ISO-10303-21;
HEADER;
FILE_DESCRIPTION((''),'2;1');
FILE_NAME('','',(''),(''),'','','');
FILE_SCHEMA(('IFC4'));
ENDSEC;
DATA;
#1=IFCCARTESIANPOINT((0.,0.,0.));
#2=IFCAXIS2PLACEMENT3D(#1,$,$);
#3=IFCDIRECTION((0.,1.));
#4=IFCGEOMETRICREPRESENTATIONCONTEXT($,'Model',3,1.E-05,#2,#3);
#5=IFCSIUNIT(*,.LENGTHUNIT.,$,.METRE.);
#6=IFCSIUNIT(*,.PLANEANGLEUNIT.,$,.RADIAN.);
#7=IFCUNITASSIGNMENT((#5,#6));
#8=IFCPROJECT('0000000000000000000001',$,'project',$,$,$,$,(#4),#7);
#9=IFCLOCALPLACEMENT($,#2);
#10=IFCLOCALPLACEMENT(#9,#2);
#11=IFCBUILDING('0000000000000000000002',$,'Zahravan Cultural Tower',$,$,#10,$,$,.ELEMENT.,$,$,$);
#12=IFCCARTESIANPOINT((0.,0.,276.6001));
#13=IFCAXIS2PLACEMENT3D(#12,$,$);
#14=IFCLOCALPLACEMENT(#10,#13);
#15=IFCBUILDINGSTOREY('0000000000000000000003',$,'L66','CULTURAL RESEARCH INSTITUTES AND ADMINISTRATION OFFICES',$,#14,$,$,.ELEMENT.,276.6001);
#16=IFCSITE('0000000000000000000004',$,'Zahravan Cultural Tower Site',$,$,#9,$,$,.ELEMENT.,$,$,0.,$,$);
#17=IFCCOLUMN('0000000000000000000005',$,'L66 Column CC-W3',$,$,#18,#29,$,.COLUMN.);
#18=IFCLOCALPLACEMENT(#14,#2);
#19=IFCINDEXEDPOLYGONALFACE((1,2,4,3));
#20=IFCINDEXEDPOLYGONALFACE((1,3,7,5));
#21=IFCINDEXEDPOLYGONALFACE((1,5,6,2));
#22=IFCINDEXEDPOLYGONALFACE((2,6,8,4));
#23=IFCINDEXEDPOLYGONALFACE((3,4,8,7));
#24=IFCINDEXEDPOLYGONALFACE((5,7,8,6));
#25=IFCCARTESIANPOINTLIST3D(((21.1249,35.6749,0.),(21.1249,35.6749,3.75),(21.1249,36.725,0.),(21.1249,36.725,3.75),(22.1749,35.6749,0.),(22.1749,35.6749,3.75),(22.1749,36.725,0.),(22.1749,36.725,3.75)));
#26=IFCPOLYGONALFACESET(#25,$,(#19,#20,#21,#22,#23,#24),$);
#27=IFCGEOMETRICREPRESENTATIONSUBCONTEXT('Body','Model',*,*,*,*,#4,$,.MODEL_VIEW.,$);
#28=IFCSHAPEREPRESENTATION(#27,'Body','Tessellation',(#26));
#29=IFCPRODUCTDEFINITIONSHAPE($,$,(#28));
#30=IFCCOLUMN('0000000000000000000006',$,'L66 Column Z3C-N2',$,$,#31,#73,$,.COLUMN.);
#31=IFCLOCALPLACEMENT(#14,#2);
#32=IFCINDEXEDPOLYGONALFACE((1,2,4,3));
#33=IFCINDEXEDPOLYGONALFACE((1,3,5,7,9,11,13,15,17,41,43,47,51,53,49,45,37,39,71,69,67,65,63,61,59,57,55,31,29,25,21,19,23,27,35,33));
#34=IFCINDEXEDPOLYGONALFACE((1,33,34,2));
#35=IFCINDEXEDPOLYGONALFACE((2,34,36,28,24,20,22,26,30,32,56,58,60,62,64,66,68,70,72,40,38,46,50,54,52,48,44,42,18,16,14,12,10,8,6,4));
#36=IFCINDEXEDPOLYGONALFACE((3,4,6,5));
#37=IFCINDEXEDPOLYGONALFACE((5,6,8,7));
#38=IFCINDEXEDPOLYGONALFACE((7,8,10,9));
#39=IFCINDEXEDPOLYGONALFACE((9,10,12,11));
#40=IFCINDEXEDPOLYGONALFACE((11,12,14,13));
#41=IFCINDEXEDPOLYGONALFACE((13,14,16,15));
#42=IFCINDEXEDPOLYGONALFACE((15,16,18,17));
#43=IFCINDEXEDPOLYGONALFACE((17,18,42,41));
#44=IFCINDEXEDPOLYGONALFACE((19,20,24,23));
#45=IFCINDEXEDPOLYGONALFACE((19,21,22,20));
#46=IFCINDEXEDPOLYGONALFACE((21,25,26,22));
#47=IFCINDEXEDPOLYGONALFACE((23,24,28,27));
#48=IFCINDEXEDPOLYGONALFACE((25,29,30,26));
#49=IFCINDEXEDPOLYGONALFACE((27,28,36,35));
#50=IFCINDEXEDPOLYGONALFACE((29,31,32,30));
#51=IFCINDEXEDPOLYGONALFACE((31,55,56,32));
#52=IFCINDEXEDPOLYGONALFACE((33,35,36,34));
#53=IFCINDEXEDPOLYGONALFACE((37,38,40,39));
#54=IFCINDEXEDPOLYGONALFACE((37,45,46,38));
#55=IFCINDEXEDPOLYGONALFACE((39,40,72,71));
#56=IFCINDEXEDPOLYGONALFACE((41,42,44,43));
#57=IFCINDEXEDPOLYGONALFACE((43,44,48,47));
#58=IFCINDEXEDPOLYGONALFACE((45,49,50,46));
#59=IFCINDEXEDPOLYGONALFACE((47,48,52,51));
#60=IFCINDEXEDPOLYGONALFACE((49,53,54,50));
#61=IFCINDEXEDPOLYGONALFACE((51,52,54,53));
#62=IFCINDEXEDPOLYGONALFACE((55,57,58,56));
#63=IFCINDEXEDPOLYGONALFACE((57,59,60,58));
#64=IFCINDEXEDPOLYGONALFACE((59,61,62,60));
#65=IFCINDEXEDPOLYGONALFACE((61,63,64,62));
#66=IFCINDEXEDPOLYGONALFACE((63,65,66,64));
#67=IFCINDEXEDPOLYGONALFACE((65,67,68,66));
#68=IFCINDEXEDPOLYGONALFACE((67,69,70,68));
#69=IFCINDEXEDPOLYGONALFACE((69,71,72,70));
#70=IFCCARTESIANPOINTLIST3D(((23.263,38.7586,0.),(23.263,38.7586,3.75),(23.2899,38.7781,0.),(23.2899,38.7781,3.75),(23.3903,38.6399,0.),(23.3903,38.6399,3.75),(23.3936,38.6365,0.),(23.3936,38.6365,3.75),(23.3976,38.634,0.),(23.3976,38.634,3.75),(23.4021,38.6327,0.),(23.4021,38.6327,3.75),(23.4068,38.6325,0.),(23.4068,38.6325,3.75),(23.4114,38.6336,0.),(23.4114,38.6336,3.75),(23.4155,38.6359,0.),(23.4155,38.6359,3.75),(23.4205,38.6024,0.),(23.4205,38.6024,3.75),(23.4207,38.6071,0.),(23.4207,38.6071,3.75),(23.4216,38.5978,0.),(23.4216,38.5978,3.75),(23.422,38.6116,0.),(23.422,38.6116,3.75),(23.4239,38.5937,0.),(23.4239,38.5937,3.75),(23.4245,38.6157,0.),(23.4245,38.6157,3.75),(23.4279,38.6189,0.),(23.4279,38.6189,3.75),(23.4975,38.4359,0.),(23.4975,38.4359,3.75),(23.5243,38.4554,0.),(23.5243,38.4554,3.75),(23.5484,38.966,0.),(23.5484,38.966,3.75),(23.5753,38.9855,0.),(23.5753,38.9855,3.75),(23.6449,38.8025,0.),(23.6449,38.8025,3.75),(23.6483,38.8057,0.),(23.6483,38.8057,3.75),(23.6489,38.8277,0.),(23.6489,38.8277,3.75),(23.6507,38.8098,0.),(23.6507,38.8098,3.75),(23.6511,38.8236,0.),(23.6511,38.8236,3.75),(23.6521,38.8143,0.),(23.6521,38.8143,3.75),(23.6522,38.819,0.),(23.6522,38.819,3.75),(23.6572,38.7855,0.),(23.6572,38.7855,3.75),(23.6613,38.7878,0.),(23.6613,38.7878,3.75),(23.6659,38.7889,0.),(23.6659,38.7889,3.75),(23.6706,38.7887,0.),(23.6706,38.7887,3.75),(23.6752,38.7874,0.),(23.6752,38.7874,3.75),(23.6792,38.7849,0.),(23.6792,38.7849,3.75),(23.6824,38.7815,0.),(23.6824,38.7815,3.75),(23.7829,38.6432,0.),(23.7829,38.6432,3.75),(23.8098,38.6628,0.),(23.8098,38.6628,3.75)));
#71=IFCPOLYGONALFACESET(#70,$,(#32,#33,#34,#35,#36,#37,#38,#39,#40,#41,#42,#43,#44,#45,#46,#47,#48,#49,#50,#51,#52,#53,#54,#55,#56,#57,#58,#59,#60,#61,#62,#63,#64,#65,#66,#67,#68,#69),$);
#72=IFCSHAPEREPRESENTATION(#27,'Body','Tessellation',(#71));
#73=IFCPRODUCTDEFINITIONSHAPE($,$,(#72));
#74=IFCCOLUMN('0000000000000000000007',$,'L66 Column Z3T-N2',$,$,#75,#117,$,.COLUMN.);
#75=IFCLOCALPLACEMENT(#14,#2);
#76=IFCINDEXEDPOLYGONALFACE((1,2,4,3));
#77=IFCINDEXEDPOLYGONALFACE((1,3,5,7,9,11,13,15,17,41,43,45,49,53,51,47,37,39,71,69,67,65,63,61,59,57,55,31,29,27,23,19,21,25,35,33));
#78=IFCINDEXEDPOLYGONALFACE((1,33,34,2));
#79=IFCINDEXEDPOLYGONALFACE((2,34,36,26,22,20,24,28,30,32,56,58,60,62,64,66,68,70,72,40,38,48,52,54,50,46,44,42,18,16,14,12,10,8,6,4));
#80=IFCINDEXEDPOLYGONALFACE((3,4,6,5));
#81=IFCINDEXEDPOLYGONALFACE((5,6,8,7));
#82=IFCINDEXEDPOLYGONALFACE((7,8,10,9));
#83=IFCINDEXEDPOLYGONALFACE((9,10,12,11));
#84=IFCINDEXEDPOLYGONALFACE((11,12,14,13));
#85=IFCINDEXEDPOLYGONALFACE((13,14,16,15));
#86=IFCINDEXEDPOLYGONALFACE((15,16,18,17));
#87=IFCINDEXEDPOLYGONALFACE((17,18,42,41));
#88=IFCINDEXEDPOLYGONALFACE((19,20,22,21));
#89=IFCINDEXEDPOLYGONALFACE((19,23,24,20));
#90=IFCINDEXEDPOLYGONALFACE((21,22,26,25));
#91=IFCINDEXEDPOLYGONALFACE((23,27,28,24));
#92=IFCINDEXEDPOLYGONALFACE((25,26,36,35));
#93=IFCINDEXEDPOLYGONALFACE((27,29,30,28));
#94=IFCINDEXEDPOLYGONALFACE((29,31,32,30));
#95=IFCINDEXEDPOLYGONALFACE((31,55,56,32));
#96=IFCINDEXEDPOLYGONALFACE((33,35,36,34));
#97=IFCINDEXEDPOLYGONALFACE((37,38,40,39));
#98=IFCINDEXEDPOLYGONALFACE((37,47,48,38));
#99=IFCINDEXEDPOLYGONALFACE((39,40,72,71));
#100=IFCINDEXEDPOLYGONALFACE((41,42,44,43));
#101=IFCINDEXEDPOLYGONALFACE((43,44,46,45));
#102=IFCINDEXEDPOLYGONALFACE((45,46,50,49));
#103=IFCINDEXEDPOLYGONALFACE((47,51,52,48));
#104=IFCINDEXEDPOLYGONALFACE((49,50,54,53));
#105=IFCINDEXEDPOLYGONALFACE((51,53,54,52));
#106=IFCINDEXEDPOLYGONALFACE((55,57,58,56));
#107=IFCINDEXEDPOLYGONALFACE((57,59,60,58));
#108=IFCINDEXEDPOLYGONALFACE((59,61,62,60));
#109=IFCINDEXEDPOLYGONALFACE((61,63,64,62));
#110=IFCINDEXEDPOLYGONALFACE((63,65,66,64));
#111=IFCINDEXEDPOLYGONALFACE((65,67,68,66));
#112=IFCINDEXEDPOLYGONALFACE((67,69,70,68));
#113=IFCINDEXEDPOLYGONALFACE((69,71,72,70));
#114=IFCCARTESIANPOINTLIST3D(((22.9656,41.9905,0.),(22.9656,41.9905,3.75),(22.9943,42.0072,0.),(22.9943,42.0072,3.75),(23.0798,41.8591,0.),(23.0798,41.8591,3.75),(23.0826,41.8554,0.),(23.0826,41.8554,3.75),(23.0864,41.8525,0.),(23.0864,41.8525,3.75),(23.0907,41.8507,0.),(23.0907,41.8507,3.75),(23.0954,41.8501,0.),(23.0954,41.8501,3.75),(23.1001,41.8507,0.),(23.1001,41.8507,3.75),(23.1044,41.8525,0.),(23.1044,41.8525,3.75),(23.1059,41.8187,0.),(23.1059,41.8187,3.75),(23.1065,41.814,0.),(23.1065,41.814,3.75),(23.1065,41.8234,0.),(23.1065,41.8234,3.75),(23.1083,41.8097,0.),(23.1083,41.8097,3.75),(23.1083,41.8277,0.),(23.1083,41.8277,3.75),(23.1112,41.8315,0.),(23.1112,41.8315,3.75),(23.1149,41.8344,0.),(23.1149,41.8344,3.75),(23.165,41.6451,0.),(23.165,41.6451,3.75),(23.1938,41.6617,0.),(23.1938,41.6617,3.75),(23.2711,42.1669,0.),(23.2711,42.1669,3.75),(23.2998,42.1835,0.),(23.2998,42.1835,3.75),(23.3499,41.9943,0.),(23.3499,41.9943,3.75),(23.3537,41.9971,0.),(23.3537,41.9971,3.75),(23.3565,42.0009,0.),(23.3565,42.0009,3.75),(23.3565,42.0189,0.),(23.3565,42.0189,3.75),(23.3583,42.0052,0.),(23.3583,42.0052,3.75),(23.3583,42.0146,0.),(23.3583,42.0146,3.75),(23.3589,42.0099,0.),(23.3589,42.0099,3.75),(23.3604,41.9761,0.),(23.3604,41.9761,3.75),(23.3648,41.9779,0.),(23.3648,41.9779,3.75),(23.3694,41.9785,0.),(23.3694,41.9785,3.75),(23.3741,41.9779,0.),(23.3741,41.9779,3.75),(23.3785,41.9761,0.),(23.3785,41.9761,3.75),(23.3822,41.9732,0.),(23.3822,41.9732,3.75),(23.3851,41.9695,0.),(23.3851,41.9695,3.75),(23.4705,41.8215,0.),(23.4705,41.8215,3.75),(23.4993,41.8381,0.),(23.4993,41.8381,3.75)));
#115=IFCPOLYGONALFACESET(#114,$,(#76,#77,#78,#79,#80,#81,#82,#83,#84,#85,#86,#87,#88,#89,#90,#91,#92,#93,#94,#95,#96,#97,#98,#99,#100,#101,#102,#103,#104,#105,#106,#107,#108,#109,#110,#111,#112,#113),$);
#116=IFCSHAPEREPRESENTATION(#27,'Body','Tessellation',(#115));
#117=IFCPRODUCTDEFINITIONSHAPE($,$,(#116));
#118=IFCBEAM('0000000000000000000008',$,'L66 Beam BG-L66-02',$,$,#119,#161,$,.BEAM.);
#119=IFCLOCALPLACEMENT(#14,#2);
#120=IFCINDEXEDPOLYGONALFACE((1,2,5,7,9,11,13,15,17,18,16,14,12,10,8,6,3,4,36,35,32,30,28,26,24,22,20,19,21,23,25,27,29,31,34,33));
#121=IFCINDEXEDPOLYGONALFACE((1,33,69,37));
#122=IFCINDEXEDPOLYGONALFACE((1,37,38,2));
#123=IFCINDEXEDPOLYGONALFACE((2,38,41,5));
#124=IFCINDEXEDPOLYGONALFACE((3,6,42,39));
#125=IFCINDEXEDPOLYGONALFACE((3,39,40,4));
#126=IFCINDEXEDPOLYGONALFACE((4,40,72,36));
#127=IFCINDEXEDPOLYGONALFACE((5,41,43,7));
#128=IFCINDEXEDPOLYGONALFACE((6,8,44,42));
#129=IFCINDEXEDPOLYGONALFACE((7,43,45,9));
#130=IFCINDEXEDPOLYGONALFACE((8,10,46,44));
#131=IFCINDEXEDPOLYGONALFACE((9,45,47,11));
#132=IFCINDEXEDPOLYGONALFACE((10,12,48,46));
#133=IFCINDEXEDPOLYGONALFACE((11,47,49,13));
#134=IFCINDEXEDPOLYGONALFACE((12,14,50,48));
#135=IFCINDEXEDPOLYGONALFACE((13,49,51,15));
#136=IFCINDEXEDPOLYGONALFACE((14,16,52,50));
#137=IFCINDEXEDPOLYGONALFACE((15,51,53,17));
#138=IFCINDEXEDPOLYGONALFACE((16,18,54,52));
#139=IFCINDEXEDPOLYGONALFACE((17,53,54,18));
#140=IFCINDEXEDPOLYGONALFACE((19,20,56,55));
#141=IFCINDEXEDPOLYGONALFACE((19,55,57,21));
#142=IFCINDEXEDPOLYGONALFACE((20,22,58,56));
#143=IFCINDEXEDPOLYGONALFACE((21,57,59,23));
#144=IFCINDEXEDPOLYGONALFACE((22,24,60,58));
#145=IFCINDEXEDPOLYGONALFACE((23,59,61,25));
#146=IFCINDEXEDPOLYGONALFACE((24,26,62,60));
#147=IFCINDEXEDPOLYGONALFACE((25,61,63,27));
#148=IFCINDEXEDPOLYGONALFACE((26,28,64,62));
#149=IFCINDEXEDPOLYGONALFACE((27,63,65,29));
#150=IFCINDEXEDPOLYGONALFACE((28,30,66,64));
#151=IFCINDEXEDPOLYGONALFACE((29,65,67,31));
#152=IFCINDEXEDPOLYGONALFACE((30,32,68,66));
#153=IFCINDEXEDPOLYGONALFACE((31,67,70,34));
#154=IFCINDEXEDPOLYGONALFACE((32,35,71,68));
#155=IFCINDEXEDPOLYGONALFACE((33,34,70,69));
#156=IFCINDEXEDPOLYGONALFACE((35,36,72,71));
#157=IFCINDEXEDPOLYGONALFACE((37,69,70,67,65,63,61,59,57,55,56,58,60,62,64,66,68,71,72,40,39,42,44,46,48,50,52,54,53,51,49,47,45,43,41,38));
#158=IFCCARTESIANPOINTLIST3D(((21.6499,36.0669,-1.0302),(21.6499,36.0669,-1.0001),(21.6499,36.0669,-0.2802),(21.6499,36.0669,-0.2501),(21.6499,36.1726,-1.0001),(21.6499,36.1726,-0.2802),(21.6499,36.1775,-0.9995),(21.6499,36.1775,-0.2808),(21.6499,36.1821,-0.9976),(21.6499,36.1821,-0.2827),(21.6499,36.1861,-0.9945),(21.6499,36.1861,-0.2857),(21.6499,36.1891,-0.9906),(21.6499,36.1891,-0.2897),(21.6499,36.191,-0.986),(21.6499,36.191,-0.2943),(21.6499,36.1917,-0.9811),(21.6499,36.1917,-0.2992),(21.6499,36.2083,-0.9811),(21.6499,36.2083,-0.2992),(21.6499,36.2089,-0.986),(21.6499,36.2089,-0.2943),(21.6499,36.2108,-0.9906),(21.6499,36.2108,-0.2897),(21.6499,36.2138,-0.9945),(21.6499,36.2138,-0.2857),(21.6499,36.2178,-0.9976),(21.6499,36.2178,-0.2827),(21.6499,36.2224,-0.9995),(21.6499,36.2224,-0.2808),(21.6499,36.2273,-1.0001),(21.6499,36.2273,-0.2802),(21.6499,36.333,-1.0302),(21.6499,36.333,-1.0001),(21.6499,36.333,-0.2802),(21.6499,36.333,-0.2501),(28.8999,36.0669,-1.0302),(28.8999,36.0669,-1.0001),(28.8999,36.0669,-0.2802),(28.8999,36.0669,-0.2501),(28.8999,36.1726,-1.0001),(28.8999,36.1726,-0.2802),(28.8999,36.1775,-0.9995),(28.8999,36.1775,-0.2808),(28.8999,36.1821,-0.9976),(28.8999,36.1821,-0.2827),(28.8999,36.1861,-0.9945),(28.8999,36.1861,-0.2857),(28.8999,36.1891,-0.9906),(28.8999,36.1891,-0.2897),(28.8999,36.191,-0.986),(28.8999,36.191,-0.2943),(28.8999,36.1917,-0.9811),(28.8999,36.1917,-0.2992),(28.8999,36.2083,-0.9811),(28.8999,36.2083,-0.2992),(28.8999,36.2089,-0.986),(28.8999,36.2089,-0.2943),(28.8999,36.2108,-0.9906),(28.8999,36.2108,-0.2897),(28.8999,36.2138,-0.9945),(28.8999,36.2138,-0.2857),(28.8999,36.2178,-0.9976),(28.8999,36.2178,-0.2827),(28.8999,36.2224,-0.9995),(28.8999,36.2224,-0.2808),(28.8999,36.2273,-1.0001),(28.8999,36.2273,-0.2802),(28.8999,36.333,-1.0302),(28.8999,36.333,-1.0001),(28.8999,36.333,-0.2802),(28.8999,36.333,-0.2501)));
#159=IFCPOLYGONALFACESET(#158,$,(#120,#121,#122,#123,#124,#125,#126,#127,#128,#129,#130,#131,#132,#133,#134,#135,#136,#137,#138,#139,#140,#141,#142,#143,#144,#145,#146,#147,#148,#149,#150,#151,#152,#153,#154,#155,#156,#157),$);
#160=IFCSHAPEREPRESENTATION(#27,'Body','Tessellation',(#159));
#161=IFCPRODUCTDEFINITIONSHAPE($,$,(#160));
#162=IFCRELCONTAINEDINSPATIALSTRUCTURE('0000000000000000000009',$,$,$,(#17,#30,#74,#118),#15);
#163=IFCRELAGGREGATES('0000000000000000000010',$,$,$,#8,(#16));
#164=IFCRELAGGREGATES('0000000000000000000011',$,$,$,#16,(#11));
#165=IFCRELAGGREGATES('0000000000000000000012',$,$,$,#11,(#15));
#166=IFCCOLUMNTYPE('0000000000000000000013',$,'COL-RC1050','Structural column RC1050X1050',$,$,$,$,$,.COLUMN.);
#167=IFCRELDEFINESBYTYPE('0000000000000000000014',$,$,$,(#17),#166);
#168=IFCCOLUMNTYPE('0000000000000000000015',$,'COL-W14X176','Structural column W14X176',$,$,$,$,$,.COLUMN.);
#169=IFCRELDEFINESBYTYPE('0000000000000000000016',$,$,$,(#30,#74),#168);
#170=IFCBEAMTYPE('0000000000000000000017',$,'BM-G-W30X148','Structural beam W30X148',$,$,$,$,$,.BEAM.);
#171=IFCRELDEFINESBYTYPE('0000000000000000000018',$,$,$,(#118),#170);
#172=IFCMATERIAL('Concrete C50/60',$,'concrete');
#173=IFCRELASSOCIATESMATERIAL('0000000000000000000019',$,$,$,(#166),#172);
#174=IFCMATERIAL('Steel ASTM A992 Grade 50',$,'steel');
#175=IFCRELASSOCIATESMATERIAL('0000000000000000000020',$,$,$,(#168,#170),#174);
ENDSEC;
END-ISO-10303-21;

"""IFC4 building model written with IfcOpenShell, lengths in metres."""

from ifc_helpers import new_model, si_unit, direction, frame, origin, origin_2d, place, context, subcontext, project, spatial, rectangle, i_section, extrude, source, transform, mapped, material, material_profile, profile_set, type_object, element, save


model = new_model("IFC4")

# Units and contexts
model_context = context("Model", 3, precision=1e-05, world=origin(), true_north=direction((0.0, 1.0)))
body_context = subcontext(model_context, "Body", "Model", "MODEL_VIEW")
ifc_project = project(units=[si_unit("LENGTHUNIT", "METRE"), si_unit("PLANEANGLEUNIT", "RADIAN")], contexts=[model_context])

# Site, building, storey
site_placement = place(None, origin())
site = spatial("IfcSite", under=ifc_project, at=site_placement, Name="Zahravan Cultural Tower Site", CompositionType="ELEMENT", RefElevation=0.0)
building_placement = place(site_placement, origin())
building = spatial("IfcBuilding", under=site, at=building_placement, Name="Zahravan Cultural Tower", CompositionType="ELEMENT")
storey_placement = place(building_placement, frame((0.0, 0.0, 276.6001)))
storey = spatial("IfcBuildingStorey", under=building, at=storey_placement, Name="L66", Description="CULTURAL RESEARCH INSTITUTES AND ADMINISTRATION OFFICES", CompositionType="ELEMENT", Elevation=276.6001)

# Columns
ifc_material_1 = material(Name="Concrete C50/60", Category="concrete")
ifc_material_profile_1 = material_profile(ifc_material_1, rectangle(XDim=1.05, YDim=1.05, at=origin_2d()), Name="RC1050X1050")
ifc_profile_set_1 = profile_set([ifc_material_profile_1], Name="Concrete C50/60")
column_type_1 = type_object("IfcColumnType", Name="COL-RC1050", Description="Structural column RC1050X1050", PredefinedType="COLUMN", material=ifc_profile_set_1)
shared_shape_1 = source(origin(), body_context, "Body", "SweptSolid", [
    extrude(rectangle(XDim=1.05, YDim=1.05, at=origin_2d()), origin(), (0.0, 0.0, 1.0), 3.75),
])
column_placement = place(storey_placement, frame((21.6499, 36.2, 0.0), z_axis=(0.0, 0.0, 1.0), x_axis=(1.0, 0.0, 0.0)))
element("IfcColumn", 1, at=column_placement, inside=storey, type_object=column_type_1, Name="L66 Column CC-W3", PredefinedType="COLUMN", context=body_context, shape_type="MappedRepresentation", body=[
    mapped(shared_shape_1, transform((0.0, 0.0, 0.0), x_axis=(1.0, 0.0, 0.0), y_axis=(0.0, 1.0, 0.0), z_axis=(0.0, 0.0, 1.0), scale=1.0)),
])
ifc_material_2 = material(Name="Steel ASTM A992 Grade 50", Category="steel")
ifc_material_profile_2 = material_profile(ifc_material_2, i_section(OverallWidth=0.3989, OverallDepth=0.386, WebThickness=0.021, FlangeThickness=0.0332, FilletRadius=0.0181, at=origin_2d()), Name="W14X176")
ifc_profile_set_2 = profile_set([ifc_material_profile_2], Name="Steel ASTM A992 Grade 50")
column_type_2 = type_object("IfcColumnType", Name="COL-W14X176", Description="Structural column W14X176", PredefinedType="COLUMN", material=ifc_profile_set_2)
shared_shape_2 = source(origin(), body_context, "Body", "SweptSolid", [
    extrude(i_section(OverallWidth=0.3989, OverallDepth=0.386, WebThickness=0.021, FlangeThickness=0.0332, FilletRadius=0.0181, at=origin_2d()), origin(), (0.0, 0.0, 1.0), 3.75),
])
for number, where, z_axis, x_axis, name in (
    (2, (23.5364, 38.7107, 0.0), (0.0, 0.0, 1.0), (-0.587785, 0.809017, 0.0), "L66 Column Z3C-N2"),
    (3, (23.2324, 41.9143, 0.0), (0.0, 0.0, 1.0), (-0.5, 0.866025, 0.0), "L66 Column Z3T-N2"),
):
    element("IfcColumn", number, at=place(storey_placement, frame(where, z_axis=z_axis, x_axis=x_axis)), inside=storey, type_object=column_type_2, Name=name, PredefinedType="COLUMN", context=body_context, shape_type="MappedRepresentation", body=[
        mapped(shared_shape_2, transform((0.0, 0.0, 0.0), x_axis=(1.0, 0.0, 0.0), y_axis=(0.0, 1.0, 0.0), z_axis=(0.0, 0.0, 1.0), scale=1.0)),
    ])

# Beam
ifc_material_profile_3 = material_profile(ifc_material_2, i_section(OverallWidth=0.2661, OverallDepth=0.78, WebThickness=0.0166, FlangeThickness=0.03, FilletRadius=0.019, at=origin_2d()), Name="W30X148")
ifc_profile_set_3 = profile_set([ifc_material_profile_3], Name="Steel ASTM A992 Grade 50")
beam_type_1 = type_object("IfcBeamType", Name="BM-G-W30X148", Description="Structural beam W30X148", PredefinedType="BEAM", material=ifc_profile_set_3)
shared_shape_3 = source(origin(), body_context, "Body", "SweptSolid", [
    extrude(i_section(OverallWidth=0.2661, OverallDepth=0.78, WebThickness=0.0166, FlangeThickness=0.03, FilletRadius=0.019, at=origin_2d()), origin(), (0.0, 0.0, 1.0), 7.25),
])
beam_1_placement = place(storey_placement, frame((21.6499, 36.2, -0.6401), z_axis=(1.0, 0.0, 0.0), x_axis=(0.0, 1.0, 0.0)))
element("IfcBeam", 4, at=beam_1_placement, inside=storey, type_object=beam_type_1, Name="L66 Beam BG-L66-02", PredefinedType="BEAM", context=body_context, shape_type="MappedRepresentation", body=[
    mapped(shared_shape_3, transform((0.0, 0.0, 0.0), x_axis=(1.0, 0.0, 0.0), y_axis=(0.0, 1.0, 0.0), z_axis=(0.0, 0.0, 1.0), scale=1.0)),
])

save(model, "model.ifc")
